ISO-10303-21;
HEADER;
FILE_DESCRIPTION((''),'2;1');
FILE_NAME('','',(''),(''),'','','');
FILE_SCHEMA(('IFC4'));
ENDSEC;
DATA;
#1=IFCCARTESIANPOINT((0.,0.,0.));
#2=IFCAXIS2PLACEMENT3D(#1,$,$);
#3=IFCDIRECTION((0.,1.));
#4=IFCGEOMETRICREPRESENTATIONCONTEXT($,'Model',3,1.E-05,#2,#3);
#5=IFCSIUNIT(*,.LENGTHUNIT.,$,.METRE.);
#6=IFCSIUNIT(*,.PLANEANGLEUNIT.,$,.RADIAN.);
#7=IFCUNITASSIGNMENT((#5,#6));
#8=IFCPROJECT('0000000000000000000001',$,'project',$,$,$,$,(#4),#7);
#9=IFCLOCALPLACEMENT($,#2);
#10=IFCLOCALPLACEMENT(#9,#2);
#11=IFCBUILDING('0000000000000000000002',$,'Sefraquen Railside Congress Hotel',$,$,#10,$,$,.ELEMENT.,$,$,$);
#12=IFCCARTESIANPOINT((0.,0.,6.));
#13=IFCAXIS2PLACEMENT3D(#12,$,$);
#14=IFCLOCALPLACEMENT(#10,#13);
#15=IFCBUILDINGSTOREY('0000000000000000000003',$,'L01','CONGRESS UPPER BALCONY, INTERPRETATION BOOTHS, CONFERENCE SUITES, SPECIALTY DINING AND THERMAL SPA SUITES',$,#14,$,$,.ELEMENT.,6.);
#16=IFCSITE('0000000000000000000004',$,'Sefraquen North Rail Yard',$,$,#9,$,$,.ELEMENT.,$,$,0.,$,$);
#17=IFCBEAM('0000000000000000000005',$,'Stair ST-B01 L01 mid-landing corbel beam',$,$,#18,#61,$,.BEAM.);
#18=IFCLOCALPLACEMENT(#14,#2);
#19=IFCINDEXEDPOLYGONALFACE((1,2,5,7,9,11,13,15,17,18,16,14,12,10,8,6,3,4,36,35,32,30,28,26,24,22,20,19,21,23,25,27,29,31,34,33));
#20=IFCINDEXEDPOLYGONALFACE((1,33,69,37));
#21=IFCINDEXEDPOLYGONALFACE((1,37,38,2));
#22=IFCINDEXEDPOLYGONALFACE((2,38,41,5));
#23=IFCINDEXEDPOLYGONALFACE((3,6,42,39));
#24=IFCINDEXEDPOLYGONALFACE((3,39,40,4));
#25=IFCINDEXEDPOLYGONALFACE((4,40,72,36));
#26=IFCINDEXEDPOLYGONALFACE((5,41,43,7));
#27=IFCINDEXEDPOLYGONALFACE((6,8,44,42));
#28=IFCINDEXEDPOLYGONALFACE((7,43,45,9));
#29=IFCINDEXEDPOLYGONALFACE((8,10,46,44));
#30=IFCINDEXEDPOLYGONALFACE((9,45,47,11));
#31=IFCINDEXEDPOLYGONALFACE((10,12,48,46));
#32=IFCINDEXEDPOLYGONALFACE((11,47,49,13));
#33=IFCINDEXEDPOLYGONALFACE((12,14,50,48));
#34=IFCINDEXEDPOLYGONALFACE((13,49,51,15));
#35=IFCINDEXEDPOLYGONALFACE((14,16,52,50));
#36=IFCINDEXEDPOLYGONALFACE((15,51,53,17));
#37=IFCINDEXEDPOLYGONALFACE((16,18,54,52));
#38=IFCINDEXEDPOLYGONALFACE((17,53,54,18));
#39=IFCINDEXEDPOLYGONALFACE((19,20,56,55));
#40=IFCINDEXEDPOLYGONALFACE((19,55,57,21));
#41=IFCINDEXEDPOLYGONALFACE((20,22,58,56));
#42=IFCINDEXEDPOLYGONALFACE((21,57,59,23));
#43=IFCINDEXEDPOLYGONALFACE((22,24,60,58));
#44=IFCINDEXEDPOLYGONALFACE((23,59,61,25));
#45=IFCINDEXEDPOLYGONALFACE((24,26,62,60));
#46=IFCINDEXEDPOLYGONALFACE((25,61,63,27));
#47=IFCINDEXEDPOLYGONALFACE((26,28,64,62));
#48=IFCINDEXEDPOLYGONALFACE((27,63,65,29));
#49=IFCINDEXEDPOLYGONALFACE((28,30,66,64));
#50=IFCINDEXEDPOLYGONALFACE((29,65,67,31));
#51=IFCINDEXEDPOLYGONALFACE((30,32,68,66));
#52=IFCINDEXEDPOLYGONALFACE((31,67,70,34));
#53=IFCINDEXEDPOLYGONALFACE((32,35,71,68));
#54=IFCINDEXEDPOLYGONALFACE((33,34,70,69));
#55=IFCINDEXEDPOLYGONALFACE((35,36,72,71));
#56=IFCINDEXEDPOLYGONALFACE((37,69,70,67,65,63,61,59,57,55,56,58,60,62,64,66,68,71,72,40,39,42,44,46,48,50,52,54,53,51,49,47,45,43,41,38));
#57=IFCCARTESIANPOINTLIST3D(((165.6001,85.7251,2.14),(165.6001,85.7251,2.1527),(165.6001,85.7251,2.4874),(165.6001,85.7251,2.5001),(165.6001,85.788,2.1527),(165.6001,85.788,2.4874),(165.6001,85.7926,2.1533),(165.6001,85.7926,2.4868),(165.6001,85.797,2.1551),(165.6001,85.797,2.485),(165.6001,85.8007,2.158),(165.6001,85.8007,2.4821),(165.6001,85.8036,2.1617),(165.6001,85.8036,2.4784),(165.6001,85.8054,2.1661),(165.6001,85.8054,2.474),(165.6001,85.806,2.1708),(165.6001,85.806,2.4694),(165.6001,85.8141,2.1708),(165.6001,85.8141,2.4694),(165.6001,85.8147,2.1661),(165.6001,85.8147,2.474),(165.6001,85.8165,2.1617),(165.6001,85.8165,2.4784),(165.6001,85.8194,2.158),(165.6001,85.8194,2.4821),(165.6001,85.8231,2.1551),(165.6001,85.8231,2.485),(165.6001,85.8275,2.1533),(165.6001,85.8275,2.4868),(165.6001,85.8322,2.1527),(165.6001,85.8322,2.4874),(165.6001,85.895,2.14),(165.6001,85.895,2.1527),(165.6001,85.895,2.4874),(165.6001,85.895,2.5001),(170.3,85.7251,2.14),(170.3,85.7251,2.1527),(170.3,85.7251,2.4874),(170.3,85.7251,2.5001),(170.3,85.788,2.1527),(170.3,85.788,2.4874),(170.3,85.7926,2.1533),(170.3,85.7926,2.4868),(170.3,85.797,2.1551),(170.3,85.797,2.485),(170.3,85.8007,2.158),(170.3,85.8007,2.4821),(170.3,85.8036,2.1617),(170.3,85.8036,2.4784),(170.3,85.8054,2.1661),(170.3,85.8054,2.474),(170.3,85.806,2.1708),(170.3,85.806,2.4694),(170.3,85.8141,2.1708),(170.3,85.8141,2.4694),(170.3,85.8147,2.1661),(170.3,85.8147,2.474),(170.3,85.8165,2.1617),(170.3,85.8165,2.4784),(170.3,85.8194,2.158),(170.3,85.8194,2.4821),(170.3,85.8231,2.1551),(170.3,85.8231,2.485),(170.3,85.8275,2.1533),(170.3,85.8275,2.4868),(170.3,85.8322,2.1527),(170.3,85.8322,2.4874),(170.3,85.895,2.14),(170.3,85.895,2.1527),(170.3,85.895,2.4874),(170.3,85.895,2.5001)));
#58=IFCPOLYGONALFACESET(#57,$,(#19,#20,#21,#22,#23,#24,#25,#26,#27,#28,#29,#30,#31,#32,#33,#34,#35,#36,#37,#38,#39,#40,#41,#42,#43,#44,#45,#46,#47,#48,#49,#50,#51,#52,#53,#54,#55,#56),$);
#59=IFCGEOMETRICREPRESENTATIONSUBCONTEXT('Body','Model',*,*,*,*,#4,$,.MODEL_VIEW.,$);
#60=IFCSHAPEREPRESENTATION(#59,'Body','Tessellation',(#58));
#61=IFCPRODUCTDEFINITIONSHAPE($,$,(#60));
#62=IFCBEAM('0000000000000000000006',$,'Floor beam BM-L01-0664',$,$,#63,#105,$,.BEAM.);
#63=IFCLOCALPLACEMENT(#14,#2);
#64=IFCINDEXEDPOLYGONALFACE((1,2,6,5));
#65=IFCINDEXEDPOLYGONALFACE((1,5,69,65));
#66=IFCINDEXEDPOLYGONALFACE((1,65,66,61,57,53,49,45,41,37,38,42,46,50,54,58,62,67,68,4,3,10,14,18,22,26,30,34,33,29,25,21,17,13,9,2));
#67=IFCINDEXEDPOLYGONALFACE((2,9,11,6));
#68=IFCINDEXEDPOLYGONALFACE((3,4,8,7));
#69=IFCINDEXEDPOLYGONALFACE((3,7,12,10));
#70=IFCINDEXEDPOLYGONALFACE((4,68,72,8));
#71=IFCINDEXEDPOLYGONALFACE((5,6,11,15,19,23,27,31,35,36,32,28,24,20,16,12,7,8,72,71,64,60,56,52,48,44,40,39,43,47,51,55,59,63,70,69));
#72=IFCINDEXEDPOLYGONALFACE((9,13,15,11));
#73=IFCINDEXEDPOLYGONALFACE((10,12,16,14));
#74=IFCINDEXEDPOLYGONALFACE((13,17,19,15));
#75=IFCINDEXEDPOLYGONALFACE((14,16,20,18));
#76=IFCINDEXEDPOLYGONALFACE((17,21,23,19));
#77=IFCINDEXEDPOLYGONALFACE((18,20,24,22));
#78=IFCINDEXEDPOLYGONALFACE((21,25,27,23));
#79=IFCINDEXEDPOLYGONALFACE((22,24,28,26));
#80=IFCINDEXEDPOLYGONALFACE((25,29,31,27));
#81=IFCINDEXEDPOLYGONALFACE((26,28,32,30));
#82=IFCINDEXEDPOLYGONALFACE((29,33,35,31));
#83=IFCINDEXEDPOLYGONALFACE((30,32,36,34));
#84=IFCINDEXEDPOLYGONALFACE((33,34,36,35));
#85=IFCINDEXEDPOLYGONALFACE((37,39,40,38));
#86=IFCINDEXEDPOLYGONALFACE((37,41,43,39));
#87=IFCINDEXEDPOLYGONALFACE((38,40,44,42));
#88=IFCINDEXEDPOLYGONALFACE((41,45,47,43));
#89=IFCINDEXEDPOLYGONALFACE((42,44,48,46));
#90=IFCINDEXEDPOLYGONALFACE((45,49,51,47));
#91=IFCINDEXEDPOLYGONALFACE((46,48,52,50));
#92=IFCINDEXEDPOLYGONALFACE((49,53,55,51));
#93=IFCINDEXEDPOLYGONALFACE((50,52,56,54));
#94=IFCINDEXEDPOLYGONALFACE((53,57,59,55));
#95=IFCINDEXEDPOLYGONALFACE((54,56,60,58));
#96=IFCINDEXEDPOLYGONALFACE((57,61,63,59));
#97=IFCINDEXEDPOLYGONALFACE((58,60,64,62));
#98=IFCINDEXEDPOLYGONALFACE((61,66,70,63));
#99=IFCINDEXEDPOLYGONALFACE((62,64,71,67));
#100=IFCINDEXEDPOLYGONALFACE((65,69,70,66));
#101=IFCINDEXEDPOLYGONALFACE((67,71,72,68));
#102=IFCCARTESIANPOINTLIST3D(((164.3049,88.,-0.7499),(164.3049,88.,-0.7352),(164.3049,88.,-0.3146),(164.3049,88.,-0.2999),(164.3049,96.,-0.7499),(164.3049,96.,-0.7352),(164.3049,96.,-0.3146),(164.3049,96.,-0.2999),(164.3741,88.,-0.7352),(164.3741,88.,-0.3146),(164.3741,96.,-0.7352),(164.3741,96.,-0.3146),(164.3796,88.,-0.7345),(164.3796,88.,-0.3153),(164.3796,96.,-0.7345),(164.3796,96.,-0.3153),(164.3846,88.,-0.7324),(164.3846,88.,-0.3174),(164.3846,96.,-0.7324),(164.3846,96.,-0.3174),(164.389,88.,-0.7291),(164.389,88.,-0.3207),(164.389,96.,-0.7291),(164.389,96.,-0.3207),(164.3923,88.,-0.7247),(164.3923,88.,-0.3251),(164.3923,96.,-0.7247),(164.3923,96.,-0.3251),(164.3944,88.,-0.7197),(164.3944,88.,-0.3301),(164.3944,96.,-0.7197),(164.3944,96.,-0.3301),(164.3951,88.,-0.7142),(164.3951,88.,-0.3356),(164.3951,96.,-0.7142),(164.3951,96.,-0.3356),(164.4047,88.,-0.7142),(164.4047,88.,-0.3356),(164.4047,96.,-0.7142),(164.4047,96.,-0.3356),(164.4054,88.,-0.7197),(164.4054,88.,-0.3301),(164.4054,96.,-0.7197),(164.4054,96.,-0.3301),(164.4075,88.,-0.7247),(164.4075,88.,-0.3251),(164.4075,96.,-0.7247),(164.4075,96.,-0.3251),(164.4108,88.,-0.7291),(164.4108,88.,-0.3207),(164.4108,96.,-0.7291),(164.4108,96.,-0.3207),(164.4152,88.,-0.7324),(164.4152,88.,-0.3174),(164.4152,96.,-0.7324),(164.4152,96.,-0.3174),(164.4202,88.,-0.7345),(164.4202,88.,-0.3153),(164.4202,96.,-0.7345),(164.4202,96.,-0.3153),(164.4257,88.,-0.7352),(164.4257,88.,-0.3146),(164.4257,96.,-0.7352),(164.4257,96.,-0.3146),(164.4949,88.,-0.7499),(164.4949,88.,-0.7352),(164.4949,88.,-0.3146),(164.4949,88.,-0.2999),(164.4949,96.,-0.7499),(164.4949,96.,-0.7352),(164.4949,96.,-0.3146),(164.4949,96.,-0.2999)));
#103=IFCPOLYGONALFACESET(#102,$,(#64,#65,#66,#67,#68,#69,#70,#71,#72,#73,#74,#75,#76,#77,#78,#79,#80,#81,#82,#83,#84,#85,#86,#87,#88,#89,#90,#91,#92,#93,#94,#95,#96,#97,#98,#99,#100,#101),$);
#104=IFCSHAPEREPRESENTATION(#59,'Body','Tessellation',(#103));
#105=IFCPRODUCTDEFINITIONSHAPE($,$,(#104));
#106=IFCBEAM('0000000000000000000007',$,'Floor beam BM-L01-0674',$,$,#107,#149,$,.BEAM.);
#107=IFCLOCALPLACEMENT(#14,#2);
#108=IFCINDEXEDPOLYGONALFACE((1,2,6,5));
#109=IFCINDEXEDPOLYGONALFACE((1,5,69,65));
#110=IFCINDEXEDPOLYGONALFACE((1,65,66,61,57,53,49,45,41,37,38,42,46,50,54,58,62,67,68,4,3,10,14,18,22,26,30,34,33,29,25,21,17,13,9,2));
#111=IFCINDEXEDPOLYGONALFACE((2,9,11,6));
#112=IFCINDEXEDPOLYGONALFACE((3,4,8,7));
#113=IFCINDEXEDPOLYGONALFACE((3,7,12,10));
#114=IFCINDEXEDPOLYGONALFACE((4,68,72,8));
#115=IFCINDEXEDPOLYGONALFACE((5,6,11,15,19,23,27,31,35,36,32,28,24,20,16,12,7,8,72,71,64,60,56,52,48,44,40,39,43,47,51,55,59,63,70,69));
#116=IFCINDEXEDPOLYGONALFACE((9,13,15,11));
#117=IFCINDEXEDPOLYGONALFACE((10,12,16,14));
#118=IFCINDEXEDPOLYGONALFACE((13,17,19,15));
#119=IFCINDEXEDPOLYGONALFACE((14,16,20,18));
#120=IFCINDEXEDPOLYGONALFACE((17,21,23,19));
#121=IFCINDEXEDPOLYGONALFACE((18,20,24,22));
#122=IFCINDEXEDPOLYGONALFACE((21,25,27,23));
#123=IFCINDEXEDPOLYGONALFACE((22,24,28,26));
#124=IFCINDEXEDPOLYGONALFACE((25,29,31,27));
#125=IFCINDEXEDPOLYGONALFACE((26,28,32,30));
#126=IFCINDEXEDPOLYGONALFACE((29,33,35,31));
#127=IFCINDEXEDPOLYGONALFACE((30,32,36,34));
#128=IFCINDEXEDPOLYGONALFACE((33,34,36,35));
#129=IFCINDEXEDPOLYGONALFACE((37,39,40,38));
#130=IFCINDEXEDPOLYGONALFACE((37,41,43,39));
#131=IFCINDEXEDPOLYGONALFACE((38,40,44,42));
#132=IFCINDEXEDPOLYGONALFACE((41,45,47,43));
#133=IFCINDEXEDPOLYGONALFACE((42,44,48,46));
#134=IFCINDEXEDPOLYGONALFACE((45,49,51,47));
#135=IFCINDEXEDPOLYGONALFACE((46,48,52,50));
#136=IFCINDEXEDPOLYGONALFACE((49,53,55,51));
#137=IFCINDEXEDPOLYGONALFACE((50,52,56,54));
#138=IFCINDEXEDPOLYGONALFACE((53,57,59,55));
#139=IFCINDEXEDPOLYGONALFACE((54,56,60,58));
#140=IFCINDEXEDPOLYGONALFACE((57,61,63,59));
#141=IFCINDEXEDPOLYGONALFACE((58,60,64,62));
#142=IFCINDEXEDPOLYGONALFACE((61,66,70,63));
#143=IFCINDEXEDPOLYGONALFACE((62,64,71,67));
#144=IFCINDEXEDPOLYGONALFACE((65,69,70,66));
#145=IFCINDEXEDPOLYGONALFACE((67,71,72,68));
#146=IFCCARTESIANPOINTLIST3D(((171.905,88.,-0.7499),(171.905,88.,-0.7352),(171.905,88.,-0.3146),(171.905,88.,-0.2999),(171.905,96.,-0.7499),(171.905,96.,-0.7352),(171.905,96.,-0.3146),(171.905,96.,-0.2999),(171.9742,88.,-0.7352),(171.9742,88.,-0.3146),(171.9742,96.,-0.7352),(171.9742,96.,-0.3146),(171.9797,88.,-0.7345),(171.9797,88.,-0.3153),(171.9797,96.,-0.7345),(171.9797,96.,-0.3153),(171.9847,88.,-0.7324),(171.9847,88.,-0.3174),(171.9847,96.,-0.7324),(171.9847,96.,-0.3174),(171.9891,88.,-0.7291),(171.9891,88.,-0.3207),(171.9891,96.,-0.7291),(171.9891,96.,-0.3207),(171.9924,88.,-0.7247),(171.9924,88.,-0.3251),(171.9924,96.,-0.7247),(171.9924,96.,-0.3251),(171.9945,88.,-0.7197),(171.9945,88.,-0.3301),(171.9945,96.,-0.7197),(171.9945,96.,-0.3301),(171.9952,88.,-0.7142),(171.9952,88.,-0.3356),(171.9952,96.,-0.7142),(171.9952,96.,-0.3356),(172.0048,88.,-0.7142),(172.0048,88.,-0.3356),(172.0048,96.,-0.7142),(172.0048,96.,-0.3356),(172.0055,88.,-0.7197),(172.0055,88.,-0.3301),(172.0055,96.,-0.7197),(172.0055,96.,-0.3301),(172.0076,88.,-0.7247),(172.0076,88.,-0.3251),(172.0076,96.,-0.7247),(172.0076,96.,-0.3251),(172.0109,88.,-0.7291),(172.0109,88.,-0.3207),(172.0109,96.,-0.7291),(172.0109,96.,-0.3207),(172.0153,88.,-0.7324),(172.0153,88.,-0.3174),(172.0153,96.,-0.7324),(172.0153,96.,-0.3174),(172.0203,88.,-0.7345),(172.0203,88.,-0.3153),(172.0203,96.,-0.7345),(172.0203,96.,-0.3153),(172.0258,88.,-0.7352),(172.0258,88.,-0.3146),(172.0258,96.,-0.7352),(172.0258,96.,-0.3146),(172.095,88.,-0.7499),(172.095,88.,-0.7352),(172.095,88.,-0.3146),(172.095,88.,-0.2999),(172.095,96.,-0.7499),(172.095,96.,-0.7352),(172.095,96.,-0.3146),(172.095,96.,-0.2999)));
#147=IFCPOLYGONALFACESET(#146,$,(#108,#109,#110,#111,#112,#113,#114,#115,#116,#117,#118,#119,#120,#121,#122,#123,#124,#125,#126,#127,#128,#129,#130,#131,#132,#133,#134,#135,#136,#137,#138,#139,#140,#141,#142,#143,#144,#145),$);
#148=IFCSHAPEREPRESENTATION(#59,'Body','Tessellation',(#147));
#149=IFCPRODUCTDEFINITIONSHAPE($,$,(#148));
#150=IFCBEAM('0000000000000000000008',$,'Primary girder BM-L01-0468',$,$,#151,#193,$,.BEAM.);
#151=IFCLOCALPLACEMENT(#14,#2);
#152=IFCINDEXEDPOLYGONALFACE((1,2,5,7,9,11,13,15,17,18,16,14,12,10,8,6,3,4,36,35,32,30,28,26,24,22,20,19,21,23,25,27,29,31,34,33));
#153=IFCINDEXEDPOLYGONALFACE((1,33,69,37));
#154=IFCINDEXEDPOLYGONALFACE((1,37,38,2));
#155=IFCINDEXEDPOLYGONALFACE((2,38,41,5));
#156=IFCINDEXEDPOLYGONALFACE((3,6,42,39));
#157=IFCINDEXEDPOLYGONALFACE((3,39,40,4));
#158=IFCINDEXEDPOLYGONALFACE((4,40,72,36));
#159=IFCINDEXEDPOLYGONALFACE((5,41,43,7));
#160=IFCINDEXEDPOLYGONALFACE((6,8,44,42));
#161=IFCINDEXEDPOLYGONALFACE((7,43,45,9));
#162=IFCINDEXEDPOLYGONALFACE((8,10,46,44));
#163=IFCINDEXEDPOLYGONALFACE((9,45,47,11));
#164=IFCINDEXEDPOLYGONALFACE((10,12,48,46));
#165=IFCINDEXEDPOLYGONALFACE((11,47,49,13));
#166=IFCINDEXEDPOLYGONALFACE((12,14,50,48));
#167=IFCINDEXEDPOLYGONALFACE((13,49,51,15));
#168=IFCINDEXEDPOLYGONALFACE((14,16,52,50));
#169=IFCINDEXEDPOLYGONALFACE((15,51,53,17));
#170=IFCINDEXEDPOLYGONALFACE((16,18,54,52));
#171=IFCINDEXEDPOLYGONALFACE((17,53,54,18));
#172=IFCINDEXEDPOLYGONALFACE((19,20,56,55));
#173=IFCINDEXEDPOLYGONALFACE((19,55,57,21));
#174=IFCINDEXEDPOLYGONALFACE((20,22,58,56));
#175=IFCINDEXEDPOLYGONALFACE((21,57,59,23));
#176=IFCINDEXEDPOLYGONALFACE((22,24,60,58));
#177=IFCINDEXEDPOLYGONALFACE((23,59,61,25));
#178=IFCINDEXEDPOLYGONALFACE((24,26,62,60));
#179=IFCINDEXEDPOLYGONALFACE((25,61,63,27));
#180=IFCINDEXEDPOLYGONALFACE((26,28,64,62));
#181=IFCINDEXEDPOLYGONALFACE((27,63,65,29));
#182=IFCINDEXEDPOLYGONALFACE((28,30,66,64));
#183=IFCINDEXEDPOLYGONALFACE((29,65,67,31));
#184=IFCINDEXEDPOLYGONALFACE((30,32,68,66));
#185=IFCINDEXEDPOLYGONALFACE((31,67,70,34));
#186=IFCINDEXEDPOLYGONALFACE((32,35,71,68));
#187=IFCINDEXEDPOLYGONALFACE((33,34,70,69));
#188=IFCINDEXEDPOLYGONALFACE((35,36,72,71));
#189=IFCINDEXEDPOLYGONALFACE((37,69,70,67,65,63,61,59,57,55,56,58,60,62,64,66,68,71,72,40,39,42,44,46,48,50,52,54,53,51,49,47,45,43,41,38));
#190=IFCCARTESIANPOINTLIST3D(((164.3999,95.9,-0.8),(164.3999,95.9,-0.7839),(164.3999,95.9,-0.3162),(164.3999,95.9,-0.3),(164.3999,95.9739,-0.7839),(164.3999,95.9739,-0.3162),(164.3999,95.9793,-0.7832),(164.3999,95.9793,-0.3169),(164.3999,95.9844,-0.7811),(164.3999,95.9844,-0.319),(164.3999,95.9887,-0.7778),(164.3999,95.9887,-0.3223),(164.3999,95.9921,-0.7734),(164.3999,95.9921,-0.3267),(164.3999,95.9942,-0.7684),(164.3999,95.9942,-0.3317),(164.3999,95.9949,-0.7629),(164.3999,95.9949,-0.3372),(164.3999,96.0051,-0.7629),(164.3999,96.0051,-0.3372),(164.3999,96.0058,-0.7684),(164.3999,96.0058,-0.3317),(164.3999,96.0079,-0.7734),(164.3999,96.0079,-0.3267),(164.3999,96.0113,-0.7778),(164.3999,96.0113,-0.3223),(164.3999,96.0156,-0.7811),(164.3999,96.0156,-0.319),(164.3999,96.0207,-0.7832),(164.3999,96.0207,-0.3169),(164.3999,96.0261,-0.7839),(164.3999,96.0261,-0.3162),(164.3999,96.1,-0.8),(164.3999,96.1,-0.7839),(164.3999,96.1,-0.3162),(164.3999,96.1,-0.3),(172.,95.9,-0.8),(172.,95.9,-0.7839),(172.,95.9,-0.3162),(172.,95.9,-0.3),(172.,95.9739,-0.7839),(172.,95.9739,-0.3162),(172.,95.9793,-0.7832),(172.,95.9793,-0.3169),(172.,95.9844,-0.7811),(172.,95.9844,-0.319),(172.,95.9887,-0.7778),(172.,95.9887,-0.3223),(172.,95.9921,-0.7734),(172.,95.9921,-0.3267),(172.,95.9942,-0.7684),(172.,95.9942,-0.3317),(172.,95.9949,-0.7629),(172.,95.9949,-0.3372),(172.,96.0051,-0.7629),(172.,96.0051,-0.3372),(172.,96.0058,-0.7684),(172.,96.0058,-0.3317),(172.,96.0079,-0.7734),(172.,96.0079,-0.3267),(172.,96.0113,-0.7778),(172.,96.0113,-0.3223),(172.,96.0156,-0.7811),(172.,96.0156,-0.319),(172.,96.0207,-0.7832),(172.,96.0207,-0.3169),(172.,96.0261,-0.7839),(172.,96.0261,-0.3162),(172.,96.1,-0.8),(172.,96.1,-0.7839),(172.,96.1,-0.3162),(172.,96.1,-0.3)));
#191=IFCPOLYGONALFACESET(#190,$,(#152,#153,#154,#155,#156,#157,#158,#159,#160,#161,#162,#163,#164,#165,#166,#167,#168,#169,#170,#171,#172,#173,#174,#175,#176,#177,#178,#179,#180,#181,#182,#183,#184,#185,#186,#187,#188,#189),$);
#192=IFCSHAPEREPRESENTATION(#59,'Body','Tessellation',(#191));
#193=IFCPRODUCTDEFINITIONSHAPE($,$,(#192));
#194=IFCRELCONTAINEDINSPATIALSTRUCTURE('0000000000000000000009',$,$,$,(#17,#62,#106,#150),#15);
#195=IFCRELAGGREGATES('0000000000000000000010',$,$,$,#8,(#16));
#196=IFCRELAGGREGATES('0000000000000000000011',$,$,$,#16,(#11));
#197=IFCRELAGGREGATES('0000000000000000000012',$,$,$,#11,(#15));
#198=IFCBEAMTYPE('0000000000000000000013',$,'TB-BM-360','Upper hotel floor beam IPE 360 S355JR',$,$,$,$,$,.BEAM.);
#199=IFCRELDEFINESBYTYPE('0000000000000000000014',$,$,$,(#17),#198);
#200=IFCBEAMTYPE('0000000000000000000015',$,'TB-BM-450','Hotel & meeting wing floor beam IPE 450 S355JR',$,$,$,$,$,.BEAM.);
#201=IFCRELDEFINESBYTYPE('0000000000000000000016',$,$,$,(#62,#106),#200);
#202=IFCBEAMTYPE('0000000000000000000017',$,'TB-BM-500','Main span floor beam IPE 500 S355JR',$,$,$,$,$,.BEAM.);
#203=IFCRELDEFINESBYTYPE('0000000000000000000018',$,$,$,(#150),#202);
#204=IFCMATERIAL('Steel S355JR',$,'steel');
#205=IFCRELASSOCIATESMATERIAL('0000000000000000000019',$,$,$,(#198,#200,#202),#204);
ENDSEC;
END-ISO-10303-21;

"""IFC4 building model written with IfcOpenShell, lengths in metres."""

from ifc_helpers import new_model, si_unit, direction, frame, origin, origin_2d, place, context, subcontext, project, spatial, i_section, extrude, material, material_profile, profile_set, type_object, element, save


model = new_model("IFC4")

# Units and contexts
model_context = context("Model", 3, precision=1e-05, world=origin(), true_north=direction((0.0, 1.0)))
body_context = subcontext(model_context, "Body", "Model", "MODEL_VIEW")
ifc_project = project(units=[si_unit("LENGTHUNIT", "METRE"), si_unit("PLANEANGLEUNIT", "RADIAN")], contexts=[model_context])

# Site, building, storey
site_placement = place(None, origin())
site = spatial("IfcSite", under=ifc_project, at=site_placement, Name="Sefraquen North Rail Yard", CompositionType="ELEMENT", RefElevation=0.0)
building_placement = place(site_placement, origin())
building = spatial("IfcBuilding", under=site, at=building_placement, Name="Sefraquen Railside Congress Hotel", CompositionType="ELEMENT")
storey_placement = place(building_placement, frame((0.0, 0.0, 6.0)))
storey = spatial("IfcBuildingStorey", under=building, at=storey_placement, Name="L01", Description="CONGRESS UPPER BALCONY, INTERPRETATION BOOTHS, CONFERENCE SUITES, SPECIALTY DINING AND THERMAL SPA SUITES", CompositionType="ELEMENT", Elevation=6.0)

# Beams
ifc_material_1 = material(Name="Steel S355JR", Category="steel")
ifc_material_profile_1 = material_profile(ifc_material_1, i_section(OverallWidth=0.1699, OverallDepth=0.3601, WebThickness=0.0081, FlangeThickness=0.0127, FilletRadius=0.0181, at=origin_2d()), Name="IPE 360")
ifc_profile_set_1 = profile_set([ifc_material_profile_1], Name="Steel S355JR")
beam_type_1 = type_object("IfcBeamType", Name="TB-BM-360", Description="Upper hotel floor beam IPE 360 S355JR", PredefinedType="BEAM", material=ifc_profile_set_1)
beam_1_placement = place(storey_placement, frame((165.6001, 85.8101, 2.3201), z_axis=(1.0, 0.0, 0.0), x_axis=(0.0, 1.0, 0.0)))
element("IfcBeam", 1, at=beam_1_placement, inside=storey, type_object=beam_type_1, Name="Stair ST-B01 L01 mid-landing corbel beam", PredefinedType="BEAM", context=body_context, shape_type="SweptSolid", body=[
    extrude(i_section(OverallWidth=0.1699, OverallDepth=0.3601, WebThickness=0.0081, FlangeThickness=0.0127, FilletRadius=0.0181, at=origin_2d()), origin(), (0.0, 0.0, 1.0), 4.7),
])
ifc_material_profile_2 = material_profile(ifc_material_1, i_section(OverallWidth=0.1899, OverallDepth=0.45, WebThickness=0.0095, FlangeThickness=0.0146, FilletRadius=0.021, at=origin_2d()), Name="IPE 450")
ifc_profile_set_2 = profile_set([ifc_material_profile_2], Name="Steel S355JR")
beam_type_2 = type_object("IfcBeamType", Name="TB-BM-450", Description="Hotel & meeting wing floor beam IPE 450 S355JR", PredefinedType="BEAM", material=ifc_profile_set_2)
for number, where, z_axis, x_axis, name in (
    (2, (164.3999, 88.0, -0.5249), (0.0, 1.0, 0.0), (-1.0, 0.0, 0.0), "Floor beam BM-L01-0664"),
    (3, (172.0, 88.0, -0.5249), (0.0, 1.0, 0.0), (-1.0, 0.0, 0.0), "Floor beam BM-L01-0674"),
):
    element("IfcBeam", number, at=place(storey_placement, frame(where, z_axis=z_axis, x_axis=x_axis)), inside=storey, type_object=beam_type_2, Name=name, PredefinedType="BEAM", context=body_context, shape_type="SweptSolid", body=[
        extrude(i_section(OverallWidth=0.1899, OverallDepth=0.45, WebThickness=0.0095, FlangeThickness=0.0146, FilletRadius=0.021, at=origin_2d()), origin(), (0.0, 0.0, 1.0), 8.0),
    ])
ifc_material_profile_3 = material_profile(ifc_material_1, i_section(OverallWidth=0.2, OverallDepth=0.5, WebThickness=0.0103, FlangeThickness=0.0161, FilletRadius=0.021, at=origin_2d()), Name="IPE 500")
ifc_profile_set_3 = profile_set([ifc_material_profile_3], Name="Steel S355JR")
beam_type_3 = type_object("IfcBeamType", Name="TB-BM-500", Description="Main span floor beam IPE 500 S355JR", PredefinedType="BEAM", material=ifc_profile_set_3)
beam_2_placement = place(storey_placement, frame((164.3999, 96.0, -0.55), z_axis=(1.0, 0.0, 0.0), x_axis=(0.0, 1.0, 0.0)))
element("IfcBeam", 4, at=beam_2_placement, inside=storey, type_object=beam_type_3, Name="Primary girder BM-L01-0468", PredefinedType="BEAM", context=body_context, shape_type="SweptSolid", body=[
    extrude(i_section(OverallWidth=0.2, OverallDepth=0.5, WebThickness=0.0103, FlangeThickness=0.0161, FilletRadius=0.021, at=origin_2d()), origin(), (0.0, 0.0, 1.0), 7.6001),
])

save(model, "model.ifc")
